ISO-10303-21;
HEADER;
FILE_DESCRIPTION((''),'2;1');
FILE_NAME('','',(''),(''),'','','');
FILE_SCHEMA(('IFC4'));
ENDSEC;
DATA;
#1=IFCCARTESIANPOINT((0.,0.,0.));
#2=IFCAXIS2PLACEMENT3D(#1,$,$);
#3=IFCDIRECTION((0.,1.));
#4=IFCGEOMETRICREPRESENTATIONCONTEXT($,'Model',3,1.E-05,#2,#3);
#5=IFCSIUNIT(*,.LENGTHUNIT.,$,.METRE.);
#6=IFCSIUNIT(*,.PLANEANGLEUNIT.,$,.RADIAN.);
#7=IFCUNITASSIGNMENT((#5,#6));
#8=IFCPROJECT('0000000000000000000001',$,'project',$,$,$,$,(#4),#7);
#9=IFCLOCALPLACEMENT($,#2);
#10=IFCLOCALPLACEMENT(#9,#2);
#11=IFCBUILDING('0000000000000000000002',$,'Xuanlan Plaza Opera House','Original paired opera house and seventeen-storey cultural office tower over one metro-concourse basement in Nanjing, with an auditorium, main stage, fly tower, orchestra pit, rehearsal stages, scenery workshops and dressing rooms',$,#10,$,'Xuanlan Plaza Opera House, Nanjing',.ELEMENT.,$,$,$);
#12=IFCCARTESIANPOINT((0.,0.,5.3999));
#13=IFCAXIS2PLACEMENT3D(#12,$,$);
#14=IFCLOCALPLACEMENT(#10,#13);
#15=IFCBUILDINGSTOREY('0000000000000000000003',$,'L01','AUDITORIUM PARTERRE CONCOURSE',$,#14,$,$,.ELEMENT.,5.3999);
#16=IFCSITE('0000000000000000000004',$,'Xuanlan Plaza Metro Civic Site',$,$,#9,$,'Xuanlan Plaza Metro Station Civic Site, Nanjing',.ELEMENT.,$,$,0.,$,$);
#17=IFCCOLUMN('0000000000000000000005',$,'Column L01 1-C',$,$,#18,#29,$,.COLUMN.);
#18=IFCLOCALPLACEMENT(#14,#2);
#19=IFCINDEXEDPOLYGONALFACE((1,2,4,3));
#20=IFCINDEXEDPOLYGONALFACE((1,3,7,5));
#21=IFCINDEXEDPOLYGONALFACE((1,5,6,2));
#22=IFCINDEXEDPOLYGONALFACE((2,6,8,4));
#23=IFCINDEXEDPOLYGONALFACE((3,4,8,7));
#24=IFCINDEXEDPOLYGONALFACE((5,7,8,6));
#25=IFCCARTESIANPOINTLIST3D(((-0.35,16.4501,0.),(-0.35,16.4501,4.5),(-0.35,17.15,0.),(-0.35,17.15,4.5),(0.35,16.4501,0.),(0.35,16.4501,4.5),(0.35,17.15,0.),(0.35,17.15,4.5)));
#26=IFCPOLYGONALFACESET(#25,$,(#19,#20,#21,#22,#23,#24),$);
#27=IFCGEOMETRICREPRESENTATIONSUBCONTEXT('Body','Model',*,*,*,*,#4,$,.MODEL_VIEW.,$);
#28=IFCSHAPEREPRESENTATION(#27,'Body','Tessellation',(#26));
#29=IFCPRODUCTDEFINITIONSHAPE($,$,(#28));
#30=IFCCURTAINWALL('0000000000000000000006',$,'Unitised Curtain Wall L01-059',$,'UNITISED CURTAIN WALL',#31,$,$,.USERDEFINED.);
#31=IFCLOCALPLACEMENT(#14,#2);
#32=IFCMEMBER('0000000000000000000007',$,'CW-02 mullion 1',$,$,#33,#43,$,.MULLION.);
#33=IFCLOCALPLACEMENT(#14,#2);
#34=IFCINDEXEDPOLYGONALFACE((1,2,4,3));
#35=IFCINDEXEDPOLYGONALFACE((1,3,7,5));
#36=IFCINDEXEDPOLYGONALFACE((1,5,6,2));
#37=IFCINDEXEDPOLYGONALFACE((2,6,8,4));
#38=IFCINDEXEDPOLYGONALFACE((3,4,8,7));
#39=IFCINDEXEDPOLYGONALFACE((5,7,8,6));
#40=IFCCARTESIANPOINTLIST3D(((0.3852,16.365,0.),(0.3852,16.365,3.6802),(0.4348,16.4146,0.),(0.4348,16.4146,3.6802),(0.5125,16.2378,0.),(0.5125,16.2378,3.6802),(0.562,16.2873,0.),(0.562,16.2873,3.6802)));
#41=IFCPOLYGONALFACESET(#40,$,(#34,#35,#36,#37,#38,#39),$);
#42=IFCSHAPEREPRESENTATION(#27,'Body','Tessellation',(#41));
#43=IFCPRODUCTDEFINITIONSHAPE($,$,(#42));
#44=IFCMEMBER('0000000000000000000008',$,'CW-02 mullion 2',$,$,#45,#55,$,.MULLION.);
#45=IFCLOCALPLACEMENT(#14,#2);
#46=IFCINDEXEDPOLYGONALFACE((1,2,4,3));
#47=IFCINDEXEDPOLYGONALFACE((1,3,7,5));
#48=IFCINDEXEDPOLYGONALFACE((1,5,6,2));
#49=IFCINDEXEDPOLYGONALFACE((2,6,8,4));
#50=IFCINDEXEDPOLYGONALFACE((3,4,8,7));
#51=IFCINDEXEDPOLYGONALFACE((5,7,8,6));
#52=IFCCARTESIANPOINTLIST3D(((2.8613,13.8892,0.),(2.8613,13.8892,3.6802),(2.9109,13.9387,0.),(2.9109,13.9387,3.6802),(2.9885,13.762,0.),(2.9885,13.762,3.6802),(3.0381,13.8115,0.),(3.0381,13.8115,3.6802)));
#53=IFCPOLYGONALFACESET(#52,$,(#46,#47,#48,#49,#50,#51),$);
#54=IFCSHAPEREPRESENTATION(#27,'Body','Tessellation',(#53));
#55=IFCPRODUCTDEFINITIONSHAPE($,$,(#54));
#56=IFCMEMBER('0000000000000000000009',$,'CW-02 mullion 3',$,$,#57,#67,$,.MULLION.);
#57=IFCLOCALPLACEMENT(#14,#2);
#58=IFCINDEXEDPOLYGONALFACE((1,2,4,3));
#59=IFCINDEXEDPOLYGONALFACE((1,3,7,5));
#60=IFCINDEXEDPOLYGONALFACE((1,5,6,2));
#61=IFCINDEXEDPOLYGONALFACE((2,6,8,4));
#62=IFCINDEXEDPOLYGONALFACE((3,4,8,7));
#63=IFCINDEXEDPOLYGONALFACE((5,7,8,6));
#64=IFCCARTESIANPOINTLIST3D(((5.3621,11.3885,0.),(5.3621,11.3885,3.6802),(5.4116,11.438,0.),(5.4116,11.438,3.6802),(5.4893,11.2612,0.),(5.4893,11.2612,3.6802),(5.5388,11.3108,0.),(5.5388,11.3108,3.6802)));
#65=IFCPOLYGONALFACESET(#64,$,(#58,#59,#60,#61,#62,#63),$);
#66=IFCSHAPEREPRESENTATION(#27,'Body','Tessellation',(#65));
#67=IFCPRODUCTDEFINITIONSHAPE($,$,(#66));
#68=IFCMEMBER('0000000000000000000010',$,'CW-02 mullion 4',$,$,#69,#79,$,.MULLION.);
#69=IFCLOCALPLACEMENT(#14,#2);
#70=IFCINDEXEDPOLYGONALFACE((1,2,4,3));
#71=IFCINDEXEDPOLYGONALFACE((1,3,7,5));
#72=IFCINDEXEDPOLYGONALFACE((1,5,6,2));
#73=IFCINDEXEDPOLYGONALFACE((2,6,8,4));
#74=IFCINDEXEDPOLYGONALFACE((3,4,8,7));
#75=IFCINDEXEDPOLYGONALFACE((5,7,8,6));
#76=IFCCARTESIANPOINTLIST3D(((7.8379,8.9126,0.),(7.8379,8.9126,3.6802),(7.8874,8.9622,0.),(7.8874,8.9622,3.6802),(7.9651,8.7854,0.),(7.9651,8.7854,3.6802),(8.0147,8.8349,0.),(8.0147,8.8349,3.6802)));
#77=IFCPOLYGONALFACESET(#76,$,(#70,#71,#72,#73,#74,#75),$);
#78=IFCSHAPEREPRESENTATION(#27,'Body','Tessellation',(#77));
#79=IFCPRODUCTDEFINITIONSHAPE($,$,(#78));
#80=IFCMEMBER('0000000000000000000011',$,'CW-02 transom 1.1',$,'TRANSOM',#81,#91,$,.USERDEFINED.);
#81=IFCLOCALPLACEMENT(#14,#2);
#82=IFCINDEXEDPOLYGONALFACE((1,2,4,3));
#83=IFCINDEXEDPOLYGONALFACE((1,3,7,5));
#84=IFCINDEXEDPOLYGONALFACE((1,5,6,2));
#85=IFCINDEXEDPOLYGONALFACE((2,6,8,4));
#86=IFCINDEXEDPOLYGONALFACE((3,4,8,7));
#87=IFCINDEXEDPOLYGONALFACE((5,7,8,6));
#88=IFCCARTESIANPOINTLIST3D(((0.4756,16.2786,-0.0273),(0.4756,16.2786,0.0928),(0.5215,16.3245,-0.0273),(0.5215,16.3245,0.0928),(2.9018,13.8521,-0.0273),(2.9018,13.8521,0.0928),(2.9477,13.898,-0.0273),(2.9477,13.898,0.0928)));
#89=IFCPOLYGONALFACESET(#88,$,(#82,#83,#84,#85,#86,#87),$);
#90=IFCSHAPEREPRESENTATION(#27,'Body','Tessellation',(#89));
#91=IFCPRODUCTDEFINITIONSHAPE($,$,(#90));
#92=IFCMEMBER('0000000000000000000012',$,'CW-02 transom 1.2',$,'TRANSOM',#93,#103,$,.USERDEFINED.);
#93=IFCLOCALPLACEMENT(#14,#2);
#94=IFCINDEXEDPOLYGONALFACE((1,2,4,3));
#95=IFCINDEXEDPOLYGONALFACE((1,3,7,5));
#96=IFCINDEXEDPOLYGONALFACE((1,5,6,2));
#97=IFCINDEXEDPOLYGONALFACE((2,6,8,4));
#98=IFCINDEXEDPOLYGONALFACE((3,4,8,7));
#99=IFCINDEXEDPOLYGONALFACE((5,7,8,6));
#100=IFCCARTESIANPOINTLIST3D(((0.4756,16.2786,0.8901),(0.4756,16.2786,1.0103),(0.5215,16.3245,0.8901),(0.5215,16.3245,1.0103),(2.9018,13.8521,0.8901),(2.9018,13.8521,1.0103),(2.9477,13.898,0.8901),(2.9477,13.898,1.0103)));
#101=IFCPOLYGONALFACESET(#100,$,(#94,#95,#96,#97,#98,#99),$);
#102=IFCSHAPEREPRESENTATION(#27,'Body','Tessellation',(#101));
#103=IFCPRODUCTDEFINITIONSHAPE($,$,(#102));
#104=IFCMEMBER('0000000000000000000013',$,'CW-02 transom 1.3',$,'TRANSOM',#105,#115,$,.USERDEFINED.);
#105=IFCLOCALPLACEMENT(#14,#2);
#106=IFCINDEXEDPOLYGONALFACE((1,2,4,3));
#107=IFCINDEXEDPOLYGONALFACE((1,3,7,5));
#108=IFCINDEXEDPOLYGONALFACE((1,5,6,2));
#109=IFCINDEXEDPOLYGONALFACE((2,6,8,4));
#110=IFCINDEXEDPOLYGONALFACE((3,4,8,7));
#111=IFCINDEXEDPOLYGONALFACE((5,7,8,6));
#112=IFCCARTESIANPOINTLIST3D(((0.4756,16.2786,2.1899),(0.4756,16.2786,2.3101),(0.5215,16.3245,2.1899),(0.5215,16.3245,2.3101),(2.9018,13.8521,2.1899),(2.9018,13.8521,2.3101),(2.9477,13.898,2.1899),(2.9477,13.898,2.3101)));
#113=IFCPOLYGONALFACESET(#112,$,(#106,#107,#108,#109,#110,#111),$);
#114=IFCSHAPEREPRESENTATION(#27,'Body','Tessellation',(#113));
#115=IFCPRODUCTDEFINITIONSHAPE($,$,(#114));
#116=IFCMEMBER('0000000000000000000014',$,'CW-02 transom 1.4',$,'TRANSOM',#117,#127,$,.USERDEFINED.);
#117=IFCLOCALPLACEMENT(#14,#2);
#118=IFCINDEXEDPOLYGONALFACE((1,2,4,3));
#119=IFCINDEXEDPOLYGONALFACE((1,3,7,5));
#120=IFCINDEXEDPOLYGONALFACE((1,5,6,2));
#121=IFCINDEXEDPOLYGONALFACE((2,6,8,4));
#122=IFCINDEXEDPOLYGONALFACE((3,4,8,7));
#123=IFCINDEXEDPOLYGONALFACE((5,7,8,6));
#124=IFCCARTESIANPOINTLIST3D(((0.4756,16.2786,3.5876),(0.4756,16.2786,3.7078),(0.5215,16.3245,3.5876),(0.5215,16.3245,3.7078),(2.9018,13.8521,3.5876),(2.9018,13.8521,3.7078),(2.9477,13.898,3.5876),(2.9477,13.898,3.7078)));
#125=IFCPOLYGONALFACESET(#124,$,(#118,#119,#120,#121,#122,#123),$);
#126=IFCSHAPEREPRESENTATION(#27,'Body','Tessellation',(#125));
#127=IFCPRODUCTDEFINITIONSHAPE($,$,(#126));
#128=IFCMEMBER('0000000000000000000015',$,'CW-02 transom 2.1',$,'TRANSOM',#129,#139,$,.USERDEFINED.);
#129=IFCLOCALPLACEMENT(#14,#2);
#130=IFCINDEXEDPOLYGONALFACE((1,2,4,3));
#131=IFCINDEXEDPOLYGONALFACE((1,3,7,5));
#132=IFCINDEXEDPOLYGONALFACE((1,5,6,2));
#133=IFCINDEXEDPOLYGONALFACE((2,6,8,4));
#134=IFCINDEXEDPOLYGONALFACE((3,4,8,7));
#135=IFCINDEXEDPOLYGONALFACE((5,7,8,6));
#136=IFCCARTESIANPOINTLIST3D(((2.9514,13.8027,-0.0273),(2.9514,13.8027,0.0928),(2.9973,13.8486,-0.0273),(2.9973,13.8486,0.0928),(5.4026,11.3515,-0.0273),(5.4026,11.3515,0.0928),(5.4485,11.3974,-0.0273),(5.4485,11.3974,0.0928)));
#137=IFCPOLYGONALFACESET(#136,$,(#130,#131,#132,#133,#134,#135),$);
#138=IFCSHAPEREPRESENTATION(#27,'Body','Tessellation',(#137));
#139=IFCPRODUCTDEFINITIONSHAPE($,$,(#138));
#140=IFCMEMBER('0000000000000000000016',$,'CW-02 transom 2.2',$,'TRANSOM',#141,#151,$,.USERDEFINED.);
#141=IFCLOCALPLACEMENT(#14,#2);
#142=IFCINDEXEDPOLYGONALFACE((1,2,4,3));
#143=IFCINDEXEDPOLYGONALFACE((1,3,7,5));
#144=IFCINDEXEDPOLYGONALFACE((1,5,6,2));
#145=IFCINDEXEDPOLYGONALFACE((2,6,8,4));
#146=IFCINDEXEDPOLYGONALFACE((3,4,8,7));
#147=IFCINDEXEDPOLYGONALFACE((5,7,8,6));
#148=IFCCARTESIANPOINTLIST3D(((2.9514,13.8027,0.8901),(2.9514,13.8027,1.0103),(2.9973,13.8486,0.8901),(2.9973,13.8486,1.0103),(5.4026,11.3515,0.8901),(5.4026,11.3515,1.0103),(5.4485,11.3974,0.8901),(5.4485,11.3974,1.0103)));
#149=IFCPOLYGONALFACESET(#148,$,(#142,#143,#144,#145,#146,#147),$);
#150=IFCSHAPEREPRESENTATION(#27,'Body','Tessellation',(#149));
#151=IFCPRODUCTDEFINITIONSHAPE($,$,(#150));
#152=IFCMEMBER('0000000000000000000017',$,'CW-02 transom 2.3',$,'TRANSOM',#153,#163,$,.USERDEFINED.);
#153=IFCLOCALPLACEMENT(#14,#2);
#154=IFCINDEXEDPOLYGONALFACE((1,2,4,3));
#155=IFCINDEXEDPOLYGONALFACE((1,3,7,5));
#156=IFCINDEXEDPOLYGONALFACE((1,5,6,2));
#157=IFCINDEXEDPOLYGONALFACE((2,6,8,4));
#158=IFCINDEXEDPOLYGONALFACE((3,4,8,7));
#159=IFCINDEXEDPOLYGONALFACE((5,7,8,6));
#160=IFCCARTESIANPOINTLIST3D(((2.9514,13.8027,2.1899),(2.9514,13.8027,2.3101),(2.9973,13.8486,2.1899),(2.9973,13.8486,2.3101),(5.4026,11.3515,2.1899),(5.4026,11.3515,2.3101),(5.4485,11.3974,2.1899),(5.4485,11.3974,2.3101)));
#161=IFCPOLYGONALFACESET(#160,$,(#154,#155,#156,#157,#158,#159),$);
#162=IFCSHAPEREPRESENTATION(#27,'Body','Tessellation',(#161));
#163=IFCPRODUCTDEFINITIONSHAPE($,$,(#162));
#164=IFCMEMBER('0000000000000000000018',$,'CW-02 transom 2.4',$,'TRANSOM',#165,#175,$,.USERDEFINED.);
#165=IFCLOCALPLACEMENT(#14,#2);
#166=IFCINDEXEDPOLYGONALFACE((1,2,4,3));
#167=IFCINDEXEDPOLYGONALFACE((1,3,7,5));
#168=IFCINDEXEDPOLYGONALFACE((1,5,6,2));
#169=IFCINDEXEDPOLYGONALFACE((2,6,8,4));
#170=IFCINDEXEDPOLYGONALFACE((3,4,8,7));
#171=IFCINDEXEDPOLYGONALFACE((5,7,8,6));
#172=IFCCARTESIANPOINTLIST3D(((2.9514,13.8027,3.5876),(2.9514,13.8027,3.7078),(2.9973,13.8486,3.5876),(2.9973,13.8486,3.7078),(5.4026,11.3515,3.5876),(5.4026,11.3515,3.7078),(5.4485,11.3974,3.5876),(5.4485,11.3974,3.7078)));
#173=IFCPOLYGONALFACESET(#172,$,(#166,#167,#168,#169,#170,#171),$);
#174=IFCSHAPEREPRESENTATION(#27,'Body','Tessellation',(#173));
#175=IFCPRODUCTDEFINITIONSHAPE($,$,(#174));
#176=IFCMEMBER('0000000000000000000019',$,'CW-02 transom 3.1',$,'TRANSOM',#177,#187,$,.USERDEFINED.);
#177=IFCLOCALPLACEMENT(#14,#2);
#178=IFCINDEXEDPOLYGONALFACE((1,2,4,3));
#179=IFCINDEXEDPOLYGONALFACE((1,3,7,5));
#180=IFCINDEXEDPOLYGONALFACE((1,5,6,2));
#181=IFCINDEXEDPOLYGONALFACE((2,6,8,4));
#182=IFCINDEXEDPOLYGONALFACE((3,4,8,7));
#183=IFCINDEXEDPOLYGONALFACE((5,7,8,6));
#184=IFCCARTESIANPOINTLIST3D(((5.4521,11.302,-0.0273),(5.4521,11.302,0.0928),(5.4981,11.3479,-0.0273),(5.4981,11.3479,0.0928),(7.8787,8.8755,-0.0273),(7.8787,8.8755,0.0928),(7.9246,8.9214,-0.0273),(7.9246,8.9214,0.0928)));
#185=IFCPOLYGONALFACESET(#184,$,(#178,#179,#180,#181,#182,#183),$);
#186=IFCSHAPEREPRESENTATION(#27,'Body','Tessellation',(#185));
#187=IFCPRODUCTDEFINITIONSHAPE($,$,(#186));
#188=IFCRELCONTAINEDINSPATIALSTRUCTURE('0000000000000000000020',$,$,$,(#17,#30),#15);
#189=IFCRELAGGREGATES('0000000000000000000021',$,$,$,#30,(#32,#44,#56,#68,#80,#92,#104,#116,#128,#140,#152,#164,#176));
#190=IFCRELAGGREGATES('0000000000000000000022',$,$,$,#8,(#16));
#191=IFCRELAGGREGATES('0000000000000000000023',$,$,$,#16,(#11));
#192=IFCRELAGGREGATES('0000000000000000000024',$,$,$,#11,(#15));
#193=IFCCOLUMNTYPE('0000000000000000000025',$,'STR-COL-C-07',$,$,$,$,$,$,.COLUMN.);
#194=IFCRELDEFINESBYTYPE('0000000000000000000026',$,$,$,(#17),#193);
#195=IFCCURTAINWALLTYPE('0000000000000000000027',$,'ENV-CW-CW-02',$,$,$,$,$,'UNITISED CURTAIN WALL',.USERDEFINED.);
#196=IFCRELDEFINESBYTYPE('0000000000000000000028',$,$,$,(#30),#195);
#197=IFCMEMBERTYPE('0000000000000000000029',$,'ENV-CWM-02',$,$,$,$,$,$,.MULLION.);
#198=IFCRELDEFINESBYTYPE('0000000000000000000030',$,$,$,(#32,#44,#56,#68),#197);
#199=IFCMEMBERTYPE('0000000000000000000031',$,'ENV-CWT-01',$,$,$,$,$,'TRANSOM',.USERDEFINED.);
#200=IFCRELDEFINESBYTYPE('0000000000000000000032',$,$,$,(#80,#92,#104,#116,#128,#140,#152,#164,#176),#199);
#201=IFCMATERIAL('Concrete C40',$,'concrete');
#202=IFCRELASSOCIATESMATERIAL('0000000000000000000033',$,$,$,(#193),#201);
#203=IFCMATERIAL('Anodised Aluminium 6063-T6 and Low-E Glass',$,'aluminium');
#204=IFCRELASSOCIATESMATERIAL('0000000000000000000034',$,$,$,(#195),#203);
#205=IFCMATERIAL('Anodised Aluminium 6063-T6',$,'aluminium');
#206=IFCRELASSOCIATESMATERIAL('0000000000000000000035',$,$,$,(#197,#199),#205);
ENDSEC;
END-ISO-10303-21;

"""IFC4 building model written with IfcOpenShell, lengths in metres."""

from ifc_helpers import new_model, si_unit, direction, frame, origin, origin_2d, place, context, subcontext, project, spatial, rectangle, extrude, material, material_profile, profile_set, type_object, element, aggregate, save


model = new_model("IFC4")

# Units and contexts
model_context = context("Model", 3, precision=1e-05, world=origin(), true_north=direction((0.0, 1.0)))
body_context = subcontext(model_context, "Body", "Model", "MODEL_VIEW")
ifc_project = project(units=[si_unit("LENGTHUNIT", "METRE"), si_unit("PLANEANGLEUNIT", "RADIAN")], contexts=[model_context])

# Site, building, storey
site_placement = place(None, origin())
site = spatial("IfcSite", under=ifc_project, at=site_placement, Name="Xuanlan Plaza Metro Civic Site", LongName="Xuanlan Plaza Metro Station Civic Site, Nanjing", CompositionType="ELEMENT", RefElevation=0.0)
building_placement = place(site_placement, origin())
building = spatial("IfcBuilding", under=site, at=building_placement, Name="Xuanlan Plaza Opera House", Description="Original paired opera house and seventeen-storey cultural office tower over one metro-concourse basement in Nanjing, with an auditorium, main stage, fly tower, orchestra pit, rehearsal stages, scenery workshops and dressing rooms", LongName="Xuanlan Plaza Opera House, Nanjing", CompositionType="ELEMENT")
storey_placement = place(building_placement, frame((0.0, 0.0, 5.3999)))
storey = spatial("IfcBuildingStorey", under=building, at=storey_placement, Name="L01", Description="AUDITORIUM PARTERRE CONCOURSE", CompositionType="ELEMENT", Elevation=5.3999)

# Column
ifc_material_1 = material(Name="Concrete C40", Category="concrete")
ifc_material_profile_1 = material_profile(ifc_material_1, rectangle(XDim=0.7, YDim=0.7, at=origin_2d()), Name="RC-COL 700x700")
ifc_profile_set_1 = profile_set([ifc_material_profile_1], Name="Concrete C40")
column_type = type_object("IfcColumnType", Name="STR-COL-C-07", PredefinedType="COLUMN", material=ifc_profile_set_1)
column_placement = place(storey_placement, frame((0.0, 16.8, 0.0), z_axis=(0.0, 0.0, 1.0), x_axis=(1.0, 0.0, 0.0)))
element("IfcColumn", 1, at=column_placement, inside=storey, type_object=column_type, Name="Column L01 1-C", PredefinedType="COLUMN", context=body_context, shape_type="SweptSolid", body=[
    extrude(rectangle(XDim=0.7, YDim=0.7, at=origin_2d()), origin(), (0.0, 0.0, 1.0), 4.5),
])

# Curtain wall, members
ifc_material_2 = material(Name="Anodised Aluminium 6063-T6 and Low-E Glass", Category="aluminium")
curtain_wall_type = type_object("IfcCurtainWallType", Name="ENV-CW-CW-02", ElementType="UNITISED CURTAIN WALL", PredefinedType="USERDEFINED", material=ifc_material_2)
curtain_wall_placement = place(storey_placement, origin())
curtain_wall = element("IfcCurtainWall", 2, at=curtain_wall_placement, inside=storey, type_object=curtain_wall_type, Name="Unitised Curtain Wall L01-059", ObjectType="UNITISED CURTAIN WALL", PredefinedType="USERDEFINED")
ifc_material_3 = material(Name="Anodised Aluminium 6063-T6", Category="aluminium")
ifc_material_profile_2 = material_profile(ifc_material_3, rectangle(XDim=0.0701, YDim=0.1799, at=origin_2d()), Name="ALU-M 70x180")
ifc_profile_set_2 = profile_set([ifc_material_profile_2], Name="Anodised Aluminium 6063-T6")
member_type_1 = type_object("IfcMemberType", Name="ENV-CWM-02", PredefinedType="MULLION", material=ifc_profile_set_2)
member_1_placement = place(storey_placement, frame((0.4736, 16.3262, 0.0), z_axis=(0.0, 0.0, 1.0), x_axis=(0.707107, 0.707107, 0.0)))
member_1 = element("IfcMember", 3, at=member_1_placement, type_object=member_type_1, Name="CW-02 mullion 1", PredefinedType="MULLION", context=body_context, shape_type="SweptSolid", body=[
    extrude(rectangle(XDim=0.0701, YDim=0.1799, at=origin_2d()), origin(), (0.0, 0.0, 1.0), 3.6802),
])
member_2_placement = place(storey_placement, frame((2.9497, 13.8503, 0.0), z_axis=(0.0, 0.0, 1.0), x_axis=(0.707107, 0.707107, 0.0)))
member_2 = element("IfcMember", 4, at=member_2_placement, type_object=member_type_1, Name="CW-02 mullion 2", PredefinedType="MULLION", context=body_context, shape_type="SweptSolid", body=[
    extrude(rectangle(XDim=0.0701, YDim=0.1799, at=origin_2d()), origin(), (0.0, 0.0, 1.0), 3.6802),
])
member_3_placement = place(storey_placement, frame((5.4504, 11.3496, 0.0), z_axis=(0.0, 0.0, 1.0), x_axis=(0.707107, 0.707107, 0.0)))
member_3 = element("IfcMember", 5, at=member_3_placement, type_object=member_type_1, Name="CW-02 mullion 3", PredefinedType="MULLION", context=body_context, shape_type="SweptSolid", body=[
    extrude(rectangle(XDim=0.0701, YDim=0.1799, at=origin_2d()), origin(), (0.0, 0.0, 1.0), 3.6802),
])
member_4_placement = place(storey_placement, frame((7.9263, 8.8738, 0.0), z_axis=(0.0, 0.0, 1.0), x_axis=(0.707107, 0.707107, 0.0)))
member_4 = element("IfcMember", 6, at=member_4_placement, type_object=member_type_1, Name="CW-02 mullion 4", PredefinedType="MULLION", context=body_context, shape_type="SweptSolid", body=[
    extrude(rectangle(XDim=0.0701, YDim=0.1799, at=origin_2d()), origin(), (0.0, 0.0, 1.0), 3.6802),
])
ifc_material_profile_3 = material_profile(ifc_material_3, rectangle(XDim=0.0649, YDim=0.1201, at=origin_2d()), Name="ALU-T 65x120")
ifc_profile_set_3 = profile_set([ifc_material_profile_3], Name="Anodised Aluminium 6063-T6")
member_type_2 = type_object("IfcMemberType", Name="ENV-CWT-01", ElementType="TRANSOM", PredefinedType="USERDEFINED", material=ifc_profile_set_3)
member_5_placement = place(storey_placement, frame((0.4985, 16.3015, 0.0327), z_axis=(0.707071, -0.707142, 0.0), x_axis=(0.707142, 0.707071, 0.0)))
member_5 = element("IfcMember", 7, at=member_5_placement, type_object=member_type_2, Name="CW-02 transom 1.1", ObjectType="TRANSOM", PredefinedType="USERDEFINED", context=body_context, shape_type="SweptSolid", body=[
    extrude(rectangle(XDim=0.0649, YDim=0.1201, at=origin_2d()), origin(), (0.0, 0.0, 1.0), 3.4314),
])
member_6_placement = place(storey_placement, frame((0.4985, 16.3015, 0.9502), z_axis=(0.707071, -0.707142, 0.0), x_axis=(0.707142, 0.707071, 0.0)))
member_6 = element("IfcMember", 8, at=member_6_placement, type_object=member_type_2, Name="CW-02 transom 1.2", ObjectType="TRANSOM", PredefinedType="USERDEFINED", context=body_context, shape_type="SweptSolid", body=[
    extrude(rectangle(XDim=0.0649, YDim=0.1201, at=origin_2d()), origin(), (0.0, 0.0, 1.0), 3.4314),
])
member_7_placement = place(storey_placement, frame((0.4985, 16.3015, 2.25), z_axis=(0.707071, -0.707142, 0.0), x_axis=(0.707142, 0.707071, 0.0)))
member_7 = element("IfcMember", 9, at=member_7_placement, type_object=member_type_2, Name="CW-02 transom 1.3", ObjectType="TRANSOM", PredefinedType="USERDEFINED", context=body_context, shape_type="SweptSolid", body=[
    extrude(rectangle(XDim=0.0649, YDim=0.1201, at=origin_2d()), origin(), (0.0, 0.0, 1.0), 3.4314),
])
member_8_placement = place(storey_placement, frame((0.4985, 16.3015, 3.6477), z_axis=(0.707071, -0.707142, 0.0), x_axis=(0.707142, 0.707071, 0.0)))
member_8 = element("IfcMember", 10, at=member_8_placement, type_object=member_type_2, Name="CW-02 transom 1.4", ObjectType="TRANSOM", PredefinedType="USERDEFINED", context=body_context, shape_type="SweptSolid", body=[
    extrude(rectangle(XDim=0.0649, YDim=0.1201, at=origin_2d()), origin(), (0.0, 0.0, 1.0), 3.4314),
])
member_9_placement = place(storey_placement, frame((2.9744, 13.8257, 0.0327), z_axis=(0.707107, -0.707107, 0.0), x_axis=(0.707107, 0.707107, 0.0)))
member_9 = element("IfcMember", 11, at=member_9_placement, type_object=member_type_2, Name="CW-02 transom 2.1", ObjectType="TRANSOM", PredefinedType="USERDEFINED", context=body_context, shape_type="SweptSolid", body=[
    extrude(rectangle(XDim=0.0649, YDim=0.1201, at=origin_2d()), origin(), (0.0, 0.0, 1.0), 3.4666),
])
member_10_placement = place(storey_placement, frame((2.9744, 13.8257, 0.9502), z_axis=(0.707107, -0.707107, 0.0), x_axis=(0.707107, 0.707107, 0.0)))
member_10 = element("IfcMember", 12, at=member_10_placement, type_object=member_type_2, Name="CW-02 transom 2.2", ObjectType="TRANSOM", PredefinedType="USERDEFINED", context=body_context, shape_type="SweptSolid", body=[
    extrude(rectangle(XDim=0.0649, YDim=0.1201, at=origin_2d()), origin(), (0.0, 0.0, 1.0), 3.4666),
])
member_11_placement = place(storey_placement, frame((2.9744, 13.8257, 2.25), z_axis=(0.707107, -0.707107, 0.0), x_axis=(0.707107, 0.707107, 0.0)))
member_11 = element("IfcMember", 13, at=member_11_placement, type_object=member_type_2, Name="CW-02 transom 2.3", ObjectType="TRANSOM", PredefinedType="USERDEFINED", context=body_context, shape_type="SweptSolid", body=[
    extrude(rectangle(XDim=0.0649, YDim=0.1201, at=origin_2d()), origin(), (0.0, 0.0, 1.0), 3.4666),
])
member_12_placement = place(storey_placement, frame((2.9744, 13.8257, 3.6477), z_axis=(0.707107, -0.707107, 0.0), x_axis=(0.707107, 0.707107, 0.0)))
member_12 = element("IfcMember", 14, at=member_12_placement, type_object=member_type_2, Name="CW-02 transom 2.4", ObjectType="TRANSOM", PredefinedType="USERDEFINED", context=body_context, shape_type="SweptSolid", body=[
    extrude(rectangle(XDim=0.0649, YDim=0.1201, at=origin_2d()), origin(), (0.0, 0.0, 1.0), 3.4666),
])
member_13_placement = place(storey_placement, frame((5.4751, 11.325, 0.0327), z_axis=(0.707107, -0.707107, 0.0), x_axis=(0.707107, 0.707107, 0.0)))
member_13 = element("IfcMember", 15, at=member_13_placement, type_object=member_type_2, Name="CW-02 transom 3.1", ObjectType="TRANSOM", PredefinedType="USERDEFINED", context=body_context, shape_type="SweptSolid", body=[
    extrude(rectangle(XDim=0.0649, YDim=0.1201, at=origin_2d()), origin(), (0.0, 0.0, 1.0), 3.4316),
])

aggregate(curtain_wall, [member_1, member_2, member_3, member_4, member_5, member_6, member_7, member_8, member_9, member_10, member_11, member_12, member_13])

save(model, "model.ifc")
